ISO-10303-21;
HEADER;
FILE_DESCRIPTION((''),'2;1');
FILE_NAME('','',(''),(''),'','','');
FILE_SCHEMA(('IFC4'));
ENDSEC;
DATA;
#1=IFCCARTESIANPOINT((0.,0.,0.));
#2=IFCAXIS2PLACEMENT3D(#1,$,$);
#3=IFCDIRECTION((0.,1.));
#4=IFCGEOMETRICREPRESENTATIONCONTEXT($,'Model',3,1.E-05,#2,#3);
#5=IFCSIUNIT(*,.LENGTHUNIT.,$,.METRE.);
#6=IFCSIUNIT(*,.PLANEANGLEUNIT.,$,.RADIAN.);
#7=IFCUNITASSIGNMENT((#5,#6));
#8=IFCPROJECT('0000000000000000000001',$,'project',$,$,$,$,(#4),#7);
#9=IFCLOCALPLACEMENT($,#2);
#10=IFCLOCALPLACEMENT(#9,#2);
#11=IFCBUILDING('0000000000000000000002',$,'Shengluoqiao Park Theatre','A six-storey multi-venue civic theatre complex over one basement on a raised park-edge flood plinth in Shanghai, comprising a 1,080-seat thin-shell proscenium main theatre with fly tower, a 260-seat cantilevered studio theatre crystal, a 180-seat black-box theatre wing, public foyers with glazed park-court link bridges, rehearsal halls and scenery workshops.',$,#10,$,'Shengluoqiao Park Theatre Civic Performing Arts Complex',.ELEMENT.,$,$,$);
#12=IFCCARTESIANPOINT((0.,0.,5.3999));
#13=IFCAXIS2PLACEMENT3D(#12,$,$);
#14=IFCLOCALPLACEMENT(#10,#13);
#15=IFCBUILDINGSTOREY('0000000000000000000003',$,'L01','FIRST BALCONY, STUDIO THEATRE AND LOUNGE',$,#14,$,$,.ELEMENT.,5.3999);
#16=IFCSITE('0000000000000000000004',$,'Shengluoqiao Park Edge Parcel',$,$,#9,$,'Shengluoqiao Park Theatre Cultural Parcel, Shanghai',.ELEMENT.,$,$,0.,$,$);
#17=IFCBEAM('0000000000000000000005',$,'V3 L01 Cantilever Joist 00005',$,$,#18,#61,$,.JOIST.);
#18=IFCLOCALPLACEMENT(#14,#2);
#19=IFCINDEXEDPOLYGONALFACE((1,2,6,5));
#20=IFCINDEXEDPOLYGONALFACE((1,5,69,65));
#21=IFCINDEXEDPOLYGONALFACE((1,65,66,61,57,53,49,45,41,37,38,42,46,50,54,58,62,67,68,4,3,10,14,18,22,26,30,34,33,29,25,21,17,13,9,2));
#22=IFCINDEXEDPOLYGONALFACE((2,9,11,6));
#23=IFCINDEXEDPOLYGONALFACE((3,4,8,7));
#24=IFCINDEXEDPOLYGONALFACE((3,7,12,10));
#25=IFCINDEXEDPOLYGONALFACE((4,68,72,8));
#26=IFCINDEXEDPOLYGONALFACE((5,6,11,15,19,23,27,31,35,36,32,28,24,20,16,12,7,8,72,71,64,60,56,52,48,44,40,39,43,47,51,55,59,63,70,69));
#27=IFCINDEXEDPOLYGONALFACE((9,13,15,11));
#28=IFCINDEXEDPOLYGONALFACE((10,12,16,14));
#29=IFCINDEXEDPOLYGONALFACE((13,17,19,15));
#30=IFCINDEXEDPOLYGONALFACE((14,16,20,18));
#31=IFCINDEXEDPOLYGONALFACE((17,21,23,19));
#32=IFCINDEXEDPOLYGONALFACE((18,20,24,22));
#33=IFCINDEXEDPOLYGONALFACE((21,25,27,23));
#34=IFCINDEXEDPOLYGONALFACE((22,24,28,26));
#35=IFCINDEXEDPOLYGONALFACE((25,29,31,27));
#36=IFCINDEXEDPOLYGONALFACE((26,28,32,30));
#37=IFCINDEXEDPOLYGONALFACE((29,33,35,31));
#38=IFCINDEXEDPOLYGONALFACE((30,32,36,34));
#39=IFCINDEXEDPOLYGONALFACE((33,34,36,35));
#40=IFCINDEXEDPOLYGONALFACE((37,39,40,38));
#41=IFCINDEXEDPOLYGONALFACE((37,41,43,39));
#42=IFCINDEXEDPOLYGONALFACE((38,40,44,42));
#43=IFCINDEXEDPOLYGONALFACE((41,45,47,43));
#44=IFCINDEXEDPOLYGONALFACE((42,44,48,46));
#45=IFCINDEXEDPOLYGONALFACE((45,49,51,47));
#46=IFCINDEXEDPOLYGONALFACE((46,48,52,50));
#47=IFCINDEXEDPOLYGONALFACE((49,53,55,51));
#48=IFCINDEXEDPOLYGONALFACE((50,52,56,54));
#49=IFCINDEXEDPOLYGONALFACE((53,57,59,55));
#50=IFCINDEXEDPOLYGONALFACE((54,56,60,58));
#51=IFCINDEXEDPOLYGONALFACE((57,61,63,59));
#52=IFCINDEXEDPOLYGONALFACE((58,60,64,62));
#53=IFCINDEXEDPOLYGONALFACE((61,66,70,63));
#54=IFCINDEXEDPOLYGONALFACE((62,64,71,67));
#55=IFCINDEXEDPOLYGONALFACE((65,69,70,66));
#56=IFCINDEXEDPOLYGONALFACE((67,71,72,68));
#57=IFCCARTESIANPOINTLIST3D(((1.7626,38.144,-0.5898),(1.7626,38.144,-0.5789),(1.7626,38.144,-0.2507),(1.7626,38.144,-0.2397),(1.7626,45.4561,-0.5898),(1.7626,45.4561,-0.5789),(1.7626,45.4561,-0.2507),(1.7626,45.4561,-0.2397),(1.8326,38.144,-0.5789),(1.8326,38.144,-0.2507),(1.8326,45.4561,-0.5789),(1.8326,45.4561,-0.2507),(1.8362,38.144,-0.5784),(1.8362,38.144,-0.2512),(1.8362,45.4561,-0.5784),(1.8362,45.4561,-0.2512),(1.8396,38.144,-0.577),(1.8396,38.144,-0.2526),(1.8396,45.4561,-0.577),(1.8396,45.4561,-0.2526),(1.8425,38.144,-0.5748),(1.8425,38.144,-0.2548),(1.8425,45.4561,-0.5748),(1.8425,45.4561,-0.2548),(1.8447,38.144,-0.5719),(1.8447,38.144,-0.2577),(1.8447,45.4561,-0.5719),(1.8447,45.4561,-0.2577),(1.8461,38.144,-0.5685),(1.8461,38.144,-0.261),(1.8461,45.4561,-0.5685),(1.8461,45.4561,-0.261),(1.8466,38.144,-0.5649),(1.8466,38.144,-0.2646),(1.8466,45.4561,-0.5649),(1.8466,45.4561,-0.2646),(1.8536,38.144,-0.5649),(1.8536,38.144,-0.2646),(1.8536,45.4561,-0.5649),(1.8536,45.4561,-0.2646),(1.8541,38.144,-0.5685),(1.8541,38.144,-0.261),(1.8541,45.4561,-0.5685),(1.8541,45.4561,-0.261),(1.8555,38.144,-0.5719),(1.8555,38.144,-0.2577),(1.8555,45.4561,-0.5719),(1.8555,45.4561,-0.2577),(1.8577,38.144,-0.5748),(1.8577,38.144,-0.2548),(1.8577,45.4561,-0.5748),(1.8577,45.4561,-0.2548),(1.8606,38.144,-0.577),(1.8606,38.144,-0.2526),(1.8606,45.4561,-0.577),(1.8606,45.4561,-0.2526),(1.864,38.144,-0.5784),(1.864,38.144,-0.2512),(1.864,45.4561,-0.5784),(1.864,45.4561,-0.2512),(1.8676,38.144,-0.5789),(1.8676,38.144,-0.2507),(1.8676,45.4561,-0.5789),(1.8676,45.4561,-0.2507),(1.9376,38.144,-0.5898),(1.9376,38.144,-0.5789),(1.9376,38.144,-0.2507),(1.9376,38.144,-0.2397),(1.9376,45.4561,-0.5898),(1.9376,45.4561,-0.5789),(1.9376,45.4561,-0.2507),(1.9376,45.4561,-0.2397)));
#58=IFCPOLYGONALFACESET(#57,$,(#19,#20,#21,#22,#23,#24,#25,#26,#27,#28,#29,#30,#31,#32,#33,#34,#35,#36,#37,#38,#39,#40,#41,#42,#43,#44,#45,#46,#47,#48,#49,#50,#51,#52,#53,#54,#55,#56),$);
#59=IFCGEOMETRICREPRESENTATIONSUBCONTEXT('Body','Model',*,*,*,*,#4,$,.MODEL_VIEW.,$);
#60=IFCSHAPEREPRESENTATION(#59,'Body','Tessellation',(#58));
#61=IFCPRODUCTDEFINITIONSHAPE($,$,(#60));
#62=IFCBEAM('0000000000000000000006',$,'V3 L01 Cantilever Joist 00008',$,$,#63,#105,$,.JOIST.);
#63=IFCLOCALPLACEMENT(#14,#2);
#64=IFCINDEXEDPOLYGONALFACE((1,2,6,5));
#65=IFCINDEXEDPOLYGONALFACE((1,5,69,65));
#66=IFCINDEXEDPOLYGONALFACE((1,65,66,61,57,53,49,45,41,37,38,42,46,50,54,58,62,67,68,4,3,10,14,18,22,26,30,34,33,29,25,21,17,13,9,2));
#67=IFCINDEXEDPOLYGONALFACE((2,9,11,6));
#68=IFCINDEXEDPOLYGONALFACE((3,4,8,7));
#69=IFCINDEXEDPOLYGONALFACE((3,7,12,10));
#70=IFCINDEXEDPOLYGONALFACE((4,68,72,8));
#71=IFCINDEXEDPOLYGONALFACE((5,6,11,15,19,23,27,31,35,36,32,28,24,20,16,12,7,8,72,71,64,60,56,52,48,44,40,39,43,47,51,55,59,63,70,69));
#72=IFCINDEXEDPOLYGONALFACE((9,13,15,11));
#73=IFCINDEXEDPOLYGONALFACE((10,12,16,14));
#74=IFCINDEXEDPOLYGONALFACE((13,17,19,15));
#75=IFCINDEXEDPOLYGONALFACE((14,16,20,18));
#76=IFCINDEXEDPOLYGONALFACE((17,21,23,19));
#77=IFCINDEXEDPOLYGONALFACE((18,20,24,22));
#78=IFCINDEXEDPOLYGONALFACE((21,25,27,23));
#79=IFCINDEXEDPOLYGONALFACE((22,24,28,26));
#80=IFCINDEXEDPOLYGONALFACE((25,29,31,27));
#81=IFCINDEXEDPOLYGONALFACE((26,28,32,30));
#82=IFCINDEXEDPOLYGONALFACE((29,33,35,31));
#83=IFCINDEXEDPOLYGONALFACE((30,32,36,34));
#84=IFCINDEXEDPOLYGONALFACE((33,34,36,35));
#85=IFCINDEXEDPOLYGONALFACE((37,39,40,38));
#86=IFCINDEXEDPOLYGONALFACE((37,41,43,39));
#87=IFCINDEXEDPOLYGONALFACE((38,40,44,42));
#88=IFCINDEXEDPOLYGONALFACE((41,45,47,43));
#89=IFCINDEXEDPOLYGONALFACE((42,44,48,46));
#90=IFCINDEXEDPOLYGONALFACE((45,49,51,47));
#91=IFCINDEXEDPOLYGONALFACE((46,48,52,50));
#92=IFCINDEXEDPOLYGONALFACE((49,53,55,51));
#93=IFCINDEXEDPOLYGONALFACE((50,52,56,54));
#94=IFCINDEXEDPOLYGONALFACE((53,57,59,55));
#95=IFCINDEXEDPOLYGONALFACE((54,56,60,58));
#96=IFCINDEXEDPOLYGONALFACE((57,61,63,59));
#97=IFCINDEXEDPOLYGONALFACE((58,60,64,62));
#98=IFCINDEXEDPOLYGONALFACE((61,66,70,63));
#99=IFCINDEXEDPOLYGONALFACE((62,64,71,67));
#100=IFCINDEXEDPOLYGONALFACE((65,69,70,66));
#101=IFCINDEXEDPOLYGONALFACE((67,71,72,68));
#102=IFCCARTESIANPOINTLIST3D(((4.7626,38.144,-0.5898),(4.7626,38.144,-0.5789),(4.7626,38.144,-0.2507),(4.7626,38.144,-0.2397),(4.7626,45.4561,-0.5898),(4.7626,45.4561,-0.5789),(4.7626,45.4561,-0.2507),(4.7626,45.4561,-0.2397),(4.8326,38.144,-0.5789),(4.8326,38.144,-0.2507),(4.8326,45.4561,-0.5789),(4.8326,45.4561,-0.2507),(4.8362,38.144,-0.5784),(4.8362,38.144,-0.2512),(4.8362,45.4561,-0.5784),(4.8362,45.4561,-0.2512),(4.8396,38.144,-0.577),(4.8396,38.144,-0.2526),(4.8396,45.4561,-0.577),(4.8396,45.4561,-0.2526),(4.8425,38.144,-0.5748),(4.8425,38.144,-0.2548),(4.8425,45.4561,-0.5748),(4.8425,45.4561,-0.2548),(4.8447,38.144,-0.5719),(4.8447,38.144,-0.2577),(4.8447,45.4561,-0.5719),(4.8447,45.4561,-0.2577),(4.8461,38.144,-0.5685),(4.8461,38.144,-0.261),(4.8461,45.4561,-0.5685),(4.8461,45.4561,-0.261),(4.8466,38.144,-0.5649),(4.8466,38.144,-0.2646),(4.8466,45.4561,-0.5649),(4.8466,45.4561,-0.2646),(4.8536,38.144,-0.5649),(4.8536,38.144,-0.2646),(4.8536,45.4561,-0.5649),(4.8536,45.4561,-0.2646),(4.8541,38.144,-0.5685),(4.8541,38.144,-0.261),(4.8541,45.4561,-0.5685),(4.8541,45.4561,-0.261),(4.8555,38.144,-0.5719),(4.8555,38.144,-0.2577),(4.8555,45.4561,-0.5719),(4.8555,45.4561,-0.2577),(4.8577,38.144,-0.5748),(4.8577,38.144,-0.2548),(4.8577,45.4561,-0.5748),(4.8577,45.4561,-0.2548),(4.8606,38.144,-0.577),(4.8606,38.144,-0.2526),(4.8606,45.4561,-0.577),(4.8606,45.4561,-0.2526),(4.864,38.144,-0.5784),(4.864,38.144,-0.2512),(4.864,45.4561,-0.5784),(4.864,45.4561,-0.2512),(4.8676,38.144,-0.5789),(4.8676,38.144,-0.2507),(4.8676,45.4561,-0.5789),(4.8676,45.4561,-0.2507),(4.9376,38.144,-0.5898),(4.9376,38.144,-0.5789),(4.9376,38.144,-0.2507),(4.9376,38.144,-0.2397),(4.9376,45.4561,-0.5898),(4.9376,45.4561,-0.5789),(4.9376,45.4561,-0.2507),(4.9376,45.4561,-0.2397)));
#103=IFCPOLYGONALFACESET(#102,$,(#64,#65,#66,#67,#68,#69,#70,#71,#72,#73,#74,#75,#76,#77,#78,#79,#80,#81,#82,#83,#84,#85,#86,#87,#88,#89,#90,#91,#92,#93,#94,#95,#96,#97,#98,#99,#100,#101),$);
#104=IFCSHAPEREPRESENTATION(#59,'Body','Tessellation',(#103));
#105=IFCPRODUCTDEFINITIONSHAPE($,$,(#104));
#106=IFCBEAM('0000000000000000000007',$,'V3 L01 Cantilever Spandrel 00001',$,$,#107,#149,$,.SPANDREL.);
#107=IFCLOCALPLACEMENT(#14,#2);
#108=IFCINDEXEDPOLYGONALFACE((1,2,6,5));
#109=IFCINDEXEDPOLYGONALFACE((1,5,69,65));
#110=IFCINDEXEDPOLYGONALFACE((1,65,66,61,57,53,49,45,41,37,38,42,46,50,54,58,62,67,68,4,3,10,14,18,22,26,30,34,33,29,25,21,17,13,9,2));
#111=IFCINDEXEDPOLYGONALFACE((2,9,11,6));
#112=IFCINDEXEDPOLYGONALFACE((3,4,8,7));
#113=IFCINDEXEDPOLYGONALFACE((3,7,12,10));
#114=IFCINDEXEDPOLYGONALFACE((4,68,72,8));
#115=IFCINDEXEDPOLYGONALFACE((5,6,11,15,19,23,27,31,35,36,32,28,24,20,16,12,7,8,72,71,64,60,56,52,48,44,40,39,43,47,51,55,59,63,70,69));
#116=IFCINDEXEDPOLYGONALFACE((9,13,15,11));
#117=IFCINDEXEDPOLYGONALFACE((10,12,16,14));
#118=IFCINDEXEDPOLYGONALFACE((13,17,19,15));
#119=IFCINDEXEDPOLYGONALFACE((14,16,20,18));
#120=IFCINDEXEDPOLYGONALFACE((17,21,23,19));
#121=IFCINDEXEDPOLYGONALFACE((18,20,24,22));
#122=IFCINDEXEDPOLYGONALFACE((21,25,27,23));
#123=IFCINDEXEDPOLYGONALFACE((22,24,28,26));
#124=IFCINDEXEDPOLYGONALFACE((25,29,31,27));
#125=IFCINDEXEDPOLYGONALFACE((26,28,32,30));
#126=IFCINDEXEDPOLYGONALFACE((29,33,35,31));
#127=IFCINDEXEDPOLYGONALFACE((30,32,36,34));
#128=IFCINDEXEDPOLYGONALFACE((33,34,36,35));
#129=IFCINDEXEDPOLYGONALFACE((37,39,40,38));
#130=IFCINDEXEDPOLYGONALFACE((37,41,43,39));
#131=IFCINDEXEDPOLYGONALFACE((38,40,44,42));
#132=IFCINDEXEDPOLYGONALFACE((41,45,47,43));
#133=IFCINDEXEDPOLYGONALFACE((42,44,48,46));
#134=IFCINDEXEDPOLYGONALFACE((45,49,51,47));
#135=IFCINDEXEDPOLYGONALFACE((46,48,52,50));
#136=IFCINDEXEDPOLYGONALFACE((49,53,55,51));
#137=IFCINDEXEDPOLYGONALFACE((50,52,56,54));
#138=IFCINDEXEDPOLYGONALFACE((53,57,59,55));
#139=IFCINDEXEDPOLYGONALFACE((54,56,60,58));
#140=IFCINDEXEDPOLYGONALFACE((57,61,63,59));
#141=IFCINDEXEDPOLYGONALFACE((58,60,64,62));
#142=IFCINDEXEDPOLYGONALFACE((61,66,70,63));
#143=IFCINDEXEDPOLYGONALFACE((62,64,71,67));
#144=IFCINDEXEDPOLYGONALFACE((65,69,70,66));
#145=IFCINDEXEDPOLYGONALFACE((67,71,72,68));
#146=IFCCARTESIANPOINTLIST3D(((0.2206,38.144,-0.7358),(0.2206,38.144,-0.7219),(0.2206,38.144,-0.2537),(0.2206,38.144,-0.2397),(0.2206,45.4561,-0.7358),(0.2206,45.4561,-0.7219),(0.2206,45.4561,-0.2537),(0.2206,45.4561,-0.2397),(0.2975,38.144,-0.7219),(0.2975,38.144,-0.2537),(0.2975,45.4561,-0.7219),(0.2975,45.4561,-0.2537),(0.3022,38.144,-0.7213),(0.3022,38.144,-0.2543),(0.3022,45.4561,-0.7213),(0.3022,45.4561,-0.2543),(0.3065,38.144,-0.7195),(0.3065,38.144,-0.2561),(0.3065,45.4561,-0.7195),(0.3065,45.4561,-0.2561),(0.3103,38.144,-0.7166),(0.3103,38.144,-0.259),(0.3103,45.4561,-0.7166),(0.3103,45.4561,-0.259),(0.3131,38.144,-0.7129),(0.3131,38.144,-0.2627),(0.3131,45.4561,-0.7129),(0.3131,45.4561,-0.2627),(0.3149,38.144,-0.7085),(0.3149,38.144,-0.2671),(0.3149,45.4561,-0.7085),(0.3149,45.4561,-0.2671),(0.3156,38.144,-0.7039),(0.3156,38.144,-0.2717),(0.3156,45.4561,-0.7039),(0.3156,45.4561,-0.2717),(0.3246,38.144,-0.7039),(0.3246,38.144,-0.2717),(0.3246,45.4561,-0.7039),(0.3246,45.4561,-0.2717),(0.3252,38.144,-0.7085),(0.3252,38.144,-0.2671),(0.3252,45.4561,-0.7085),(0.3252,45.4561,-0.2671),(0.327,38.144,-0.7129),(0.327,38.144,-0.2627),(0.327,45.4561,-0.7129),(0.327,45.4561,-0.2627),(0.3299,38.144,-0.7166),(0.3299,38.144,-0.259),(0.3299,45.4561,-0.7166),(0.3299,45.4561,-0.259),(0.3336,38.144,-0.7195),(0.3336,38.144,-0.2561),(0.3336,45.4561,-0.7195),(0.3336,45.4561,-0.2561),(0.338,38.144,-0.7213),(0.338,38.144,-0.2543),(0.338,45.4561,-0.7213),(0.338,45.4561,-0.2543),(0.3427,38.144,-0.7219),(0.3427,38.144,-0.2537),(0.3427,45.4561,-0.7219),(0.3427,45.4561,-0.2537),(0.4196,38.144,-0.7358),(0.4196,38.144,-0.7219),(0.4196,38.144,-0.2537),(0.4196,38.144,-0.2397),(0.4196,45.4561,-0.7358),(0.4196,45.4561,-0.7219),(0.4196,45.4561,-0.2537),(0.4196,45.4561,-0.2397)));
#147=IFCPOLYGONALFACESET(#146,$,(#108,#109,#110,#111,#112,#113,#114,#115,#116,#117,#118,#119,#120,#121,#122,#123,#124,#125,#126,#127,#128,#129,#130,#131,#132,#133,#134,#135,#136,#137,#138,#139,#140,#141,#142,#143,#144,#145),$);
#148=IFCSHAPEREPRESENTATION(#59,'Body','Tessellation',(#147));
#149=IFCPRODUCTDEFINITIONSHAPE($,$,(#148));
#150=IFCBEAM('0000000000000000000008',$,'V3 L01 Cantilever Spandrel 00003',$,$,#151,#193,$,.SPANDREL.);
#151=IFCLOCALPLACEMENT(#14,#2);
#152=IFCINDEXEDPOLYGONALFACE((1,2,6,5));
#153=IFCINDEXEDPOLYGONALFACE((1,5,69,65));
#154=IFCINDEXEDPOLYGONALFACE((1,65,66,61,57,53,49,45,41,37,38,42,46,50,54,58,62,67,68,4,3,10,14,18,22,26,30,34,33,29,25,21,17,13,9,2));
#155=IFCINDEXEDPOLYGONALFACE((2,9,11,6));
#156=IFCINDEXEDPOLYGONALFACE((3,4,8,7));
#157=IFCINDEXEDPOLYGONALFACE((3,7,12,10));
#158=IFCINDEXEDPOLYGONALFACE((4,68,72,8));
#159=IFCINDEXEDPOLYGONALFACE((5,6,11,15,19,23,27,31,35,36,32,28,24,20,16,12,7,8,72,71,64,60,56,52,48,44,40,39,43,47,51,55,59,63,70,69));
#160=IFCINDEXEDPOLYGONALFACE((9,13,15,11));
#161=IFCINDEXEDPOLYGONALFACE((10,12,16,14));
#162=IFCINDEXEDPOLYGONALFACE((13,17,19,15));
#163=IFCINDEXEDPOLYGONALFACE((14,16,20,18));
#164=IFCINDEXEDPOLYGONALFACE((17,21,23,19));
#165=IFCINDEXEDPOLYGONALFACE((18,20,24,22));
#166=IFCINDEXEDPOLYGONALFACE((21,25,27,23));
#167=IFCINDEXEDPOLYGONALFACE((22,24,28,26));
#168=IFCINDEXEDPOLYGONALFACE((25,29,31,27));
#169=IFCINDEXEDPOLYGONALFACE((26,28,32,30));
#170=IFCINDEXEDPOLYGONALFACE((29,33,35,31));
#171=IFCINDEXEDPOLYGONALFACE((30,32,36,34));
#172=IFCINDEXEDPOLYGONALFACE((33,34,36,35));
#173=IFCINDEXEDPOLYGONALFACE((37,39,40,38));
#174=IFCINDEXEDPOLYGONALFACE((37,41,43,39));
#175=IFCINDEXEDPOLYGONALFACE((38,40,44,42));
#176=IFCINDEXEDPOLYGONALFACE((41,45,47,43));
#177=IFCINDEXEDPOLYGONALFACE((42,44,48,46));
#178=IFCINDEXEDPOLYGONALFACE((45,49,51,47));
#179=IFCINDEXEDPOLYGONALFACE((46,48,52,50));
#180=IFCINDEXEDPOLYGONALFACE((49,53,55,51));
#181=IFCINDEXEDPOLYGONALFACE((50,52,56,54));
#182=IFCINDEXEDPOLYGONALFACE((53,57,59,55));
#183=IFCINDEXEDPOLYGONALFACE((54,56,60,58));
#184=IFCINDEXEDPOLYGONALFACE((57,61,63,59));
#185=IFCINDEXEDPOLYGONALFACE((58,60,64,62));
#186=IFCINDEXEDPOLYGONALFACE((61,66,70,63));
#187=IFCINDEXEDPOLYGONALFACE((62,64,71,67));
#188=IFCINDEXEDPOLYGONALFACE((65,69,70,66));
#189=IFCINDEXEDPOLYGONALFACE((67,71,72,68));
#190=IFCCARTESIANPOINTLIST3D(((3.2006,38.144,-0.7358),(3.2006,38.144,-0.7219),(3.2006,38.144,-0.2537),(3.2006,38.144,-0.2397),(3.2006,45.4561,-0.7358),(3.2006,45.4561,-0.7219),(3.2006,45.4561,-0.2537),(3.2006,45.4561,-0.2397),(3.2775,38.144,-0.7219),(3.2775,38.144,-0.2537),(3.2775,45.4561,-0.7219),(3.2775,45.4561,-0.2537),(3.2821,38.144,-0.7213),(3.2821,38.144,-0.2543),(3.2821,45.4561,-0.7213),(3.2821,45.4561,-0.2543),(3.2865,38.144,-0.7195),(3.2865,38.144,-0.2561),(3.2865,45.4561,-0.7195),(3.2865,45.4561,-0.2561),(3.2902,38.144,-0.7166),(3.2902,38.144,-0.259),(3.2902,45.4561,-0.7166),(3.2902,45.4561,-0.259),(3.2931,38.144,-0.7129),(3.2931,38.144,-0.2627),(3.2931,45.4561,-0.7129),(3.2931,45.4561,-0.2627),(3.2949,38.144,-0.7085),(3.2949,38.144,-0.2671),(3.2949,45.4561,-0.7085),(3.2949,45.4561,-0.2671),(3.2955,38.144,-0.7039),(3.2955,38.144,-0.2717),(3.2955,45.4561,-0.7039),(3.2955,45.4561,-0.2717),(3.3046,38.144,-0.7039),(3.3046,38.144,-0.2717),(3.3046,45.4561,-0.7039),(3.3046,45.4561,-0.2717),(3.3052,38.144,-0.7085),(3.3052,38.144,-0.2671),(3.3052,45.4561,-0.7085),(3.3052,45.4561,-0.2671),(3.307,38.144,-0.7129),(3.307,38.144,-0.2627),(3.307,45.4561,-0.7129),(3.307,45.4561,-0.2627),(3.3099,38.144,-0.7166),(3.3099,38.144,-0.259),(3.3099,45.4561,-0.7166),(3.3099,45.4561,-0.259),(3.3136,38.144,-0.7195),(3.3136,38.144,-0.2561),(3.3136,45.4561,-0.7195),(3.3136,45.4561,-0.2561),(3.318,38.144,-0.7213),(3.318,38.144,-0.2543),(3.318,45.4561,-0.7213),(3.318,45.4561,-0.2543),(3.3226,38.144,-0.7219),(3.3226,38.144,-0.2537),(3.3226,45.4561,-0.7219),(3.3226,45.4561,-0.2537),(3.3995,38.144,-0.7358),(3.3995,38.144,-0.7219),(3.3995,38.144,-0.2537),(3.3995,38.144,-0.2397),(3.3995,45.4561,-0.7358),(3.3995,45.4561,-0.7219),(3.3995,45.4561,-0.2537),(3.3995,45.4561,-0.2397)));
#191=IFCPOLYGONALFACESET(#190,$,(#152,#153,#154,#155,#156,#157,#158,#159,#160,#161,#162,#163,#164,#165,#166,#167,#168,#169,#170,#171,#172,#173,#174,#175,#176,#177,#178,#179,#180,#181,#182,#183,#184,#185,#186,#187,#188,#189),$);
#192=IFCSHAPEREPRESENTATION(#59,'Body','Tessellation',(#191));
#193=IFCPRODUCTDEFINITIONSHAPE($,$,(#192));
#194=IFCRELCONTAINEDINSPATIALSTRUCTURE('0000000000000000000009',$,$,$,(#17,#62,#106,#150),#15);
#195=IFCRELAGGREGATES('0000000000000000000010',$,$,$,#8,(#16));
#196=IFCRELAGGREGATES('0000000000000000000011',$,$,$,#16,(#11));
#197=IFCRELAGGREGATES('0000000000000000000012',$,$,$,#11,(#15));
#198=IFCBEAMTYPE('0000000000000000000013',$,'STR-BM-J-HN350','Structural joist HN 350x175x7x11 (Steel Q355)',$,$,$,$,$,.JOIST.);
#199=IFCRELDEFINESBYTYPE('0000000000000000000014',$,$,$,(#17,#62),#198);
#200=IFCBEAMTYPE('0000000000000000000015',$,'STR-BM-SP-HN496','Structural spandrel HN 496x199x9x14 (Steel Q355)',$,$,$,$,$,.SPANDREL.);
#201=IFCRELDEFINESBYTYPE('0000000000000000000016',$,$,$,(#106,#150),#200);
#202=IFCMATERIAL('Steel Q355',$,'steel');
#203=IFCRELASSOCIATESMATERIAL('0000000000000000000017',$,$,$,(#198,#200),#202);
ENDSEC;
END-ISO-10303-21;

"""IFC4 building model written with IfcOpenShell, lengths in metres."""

from ifc_helpers import new_model, si_unit, direction, frame, origin, origin_2d, place, context, subcontext, project, spatial, i_section, extrude, material, material_profile, profile_set, type_object, element, save


model = new_model("IFC4")

# Units and contexts
model_context = context("Model", 3, precision=1e-05, world=origin(), true_north=direction((0.0, 1.0)))
body_context = subcontext(model_context, "Body", "Model", "MODEL_VIEW")
ifc_project = project(units=[si_unit("LENGTHUNIT", "METRE"), si_unit("PLANEANGLEUNIT", "RADIAN")], contexts=[model_context])

# Site, building, storey
site_placement = place(None, origin())
site = spatial("IfcSite", under=ifc_project, at=site_placement, Name="Shengluoqiao Park Edge Parcel", LongName="Shengluoqiao Park Theatre Cultural Parcel, Shanghai", CompositionType="ELEMENT", RefElevation=0.0)
building_placement = place(site_placement, origin())
building = spatial("IfcBuilding", under=site, at=building_placement, Name="Shengluoqiao Park Theatre", Description="A six-storey multi-venue civic theatre complex over one basement on a raised park-edge flood plinth in Shanghai, comprising a 1,080-seat thin-shell proscenium main theatre with fly tower, a 260-seat cantilevered studio theatre crystal, a 180-seat black-box theatre wing, public foyers with glazed park-court link bridges, rehearsal halls and scenery workshops.", LongName="Shengluoqiao Park Theatre Civic Performing Arts Complex", CompositionType="ELEMENT")
storey_placement = place(building_placement, frame((0.0, 0.0, 5.3999)))
storey = spatial("IfcBuildingStorey", under=building, at=storey_placement, Name="L01", Description="FIRST BALCONY, STUDIO THEATRE AND LOUNGE", CompositionType="ELEMENT", Elevation=5.3999)

# Beams
ifc_material_1 = material(Name="Steel Q355", Category="steel")
ifc_material_profile_1 = material_profile(ifc_material_1, i_section(OverallWidth=0.175, OverallDepth=0.3501, WebThickness=0.0071, FlangeThickness=0.011, FilletRadius=0.0139, at=origin_2d()), Name="HN 350x175x7x11")
ifc_profile_set_1 = profile_set([ifc_material_profile_1], Name="Steel Q355")
beam_type_1 = type_object("IfcBeamType", Name="STR-BM-J-HN350", Description="Structural joist HN 350x175x7x11 (Steel Q355)", PredefinedType="JOIST", material=ifc_profile_set_1)
for number, where, z_axis, x_axis, name in (
    (1, (1.8501, 38.144, -0.4148), (0.0, 1.0, 0.0), (-1.0, 0.0, 0.0), "V3 L01 Cantilever Joist 00005"),
    (2, (4.8501, 38.144, -0.4148), (0.0, 1.0, 0.0), (-1.0, 0.0, 0.0), "V3 L01 Cantilever Joist 00008"),
):
    element("IfcBeam", number, at=place(storey_placement, frame(where, z_axis=z_axis, x_axis=x_axis)), inside=storey, type_object=beam_type_1, Name=name, PredefinedType="JOIST", context=body_context, shape_type="SweptSolid", body=[
        extrude(i_section(OverallWidth=0.175, OverallDepth=0.3501, WebThickness=0.0071, FlangeThickness=0.011, FilletRadius=0.0139, at=origin_2d()), origin(), (0.0, 0.0, 1.0), 7.312),
    ])
ifc_material_profile_2 = material_profile(ifc_material_1, i_section(OverallWidth=0.199, OverallDepth=0.4961, WebThickness=0.009, FlangeThickness=0.0139, FilletRadius=0.0181, at=origin_2d()), Name="HN 496x199x9x14")
ifc_profile_set_2 = profile_set([ifc_material_profile_2], Name="Steel Q355")
beam_type_2 = type_object("IfcBeamType", Name="STR-BM-SP-HN496", Description="Structural spandrel HN 496x199x9x14 (Steel Q355)", PredefinedType="SPANDREL", material=ifc_profile_set_2)
for number, where, z_axis, x_axis, name in (
    (3, (0.3201, 38.144, -0.4878), (0.0, 1.0, 0.0), (-1.0, 0.0, 0.0), "V3 L01 Cantilever Spandrel 00001"),
    (4, (3.3, 38.144, -0.4878), (0.0, 1.0, 0.0), (-1.0, 0.0, 0.0), "V3 L01 Cantilever Spandrel 00003"),
):
    element("IfcBeam", number, at=place(storey_placement, frame(where, z_axis=z_axis, x_axis=x_axis)), inside=storey, type_object=beam_type_2, Name=name, PredefinedType="SPANDREL", context=body_context, shape_type="SweptSolid", body=[
        extrude(i_section(OverallWidth=0.199, OverallDepth=0.4961, WebThickness=0.009, FlangeThickness=0.0139, FilletRadius=0.0181, at=origin_2d()), origin(), (0.0, 0.0, 1.0), 7.312),
    ])

save(model, "model.ifc")
